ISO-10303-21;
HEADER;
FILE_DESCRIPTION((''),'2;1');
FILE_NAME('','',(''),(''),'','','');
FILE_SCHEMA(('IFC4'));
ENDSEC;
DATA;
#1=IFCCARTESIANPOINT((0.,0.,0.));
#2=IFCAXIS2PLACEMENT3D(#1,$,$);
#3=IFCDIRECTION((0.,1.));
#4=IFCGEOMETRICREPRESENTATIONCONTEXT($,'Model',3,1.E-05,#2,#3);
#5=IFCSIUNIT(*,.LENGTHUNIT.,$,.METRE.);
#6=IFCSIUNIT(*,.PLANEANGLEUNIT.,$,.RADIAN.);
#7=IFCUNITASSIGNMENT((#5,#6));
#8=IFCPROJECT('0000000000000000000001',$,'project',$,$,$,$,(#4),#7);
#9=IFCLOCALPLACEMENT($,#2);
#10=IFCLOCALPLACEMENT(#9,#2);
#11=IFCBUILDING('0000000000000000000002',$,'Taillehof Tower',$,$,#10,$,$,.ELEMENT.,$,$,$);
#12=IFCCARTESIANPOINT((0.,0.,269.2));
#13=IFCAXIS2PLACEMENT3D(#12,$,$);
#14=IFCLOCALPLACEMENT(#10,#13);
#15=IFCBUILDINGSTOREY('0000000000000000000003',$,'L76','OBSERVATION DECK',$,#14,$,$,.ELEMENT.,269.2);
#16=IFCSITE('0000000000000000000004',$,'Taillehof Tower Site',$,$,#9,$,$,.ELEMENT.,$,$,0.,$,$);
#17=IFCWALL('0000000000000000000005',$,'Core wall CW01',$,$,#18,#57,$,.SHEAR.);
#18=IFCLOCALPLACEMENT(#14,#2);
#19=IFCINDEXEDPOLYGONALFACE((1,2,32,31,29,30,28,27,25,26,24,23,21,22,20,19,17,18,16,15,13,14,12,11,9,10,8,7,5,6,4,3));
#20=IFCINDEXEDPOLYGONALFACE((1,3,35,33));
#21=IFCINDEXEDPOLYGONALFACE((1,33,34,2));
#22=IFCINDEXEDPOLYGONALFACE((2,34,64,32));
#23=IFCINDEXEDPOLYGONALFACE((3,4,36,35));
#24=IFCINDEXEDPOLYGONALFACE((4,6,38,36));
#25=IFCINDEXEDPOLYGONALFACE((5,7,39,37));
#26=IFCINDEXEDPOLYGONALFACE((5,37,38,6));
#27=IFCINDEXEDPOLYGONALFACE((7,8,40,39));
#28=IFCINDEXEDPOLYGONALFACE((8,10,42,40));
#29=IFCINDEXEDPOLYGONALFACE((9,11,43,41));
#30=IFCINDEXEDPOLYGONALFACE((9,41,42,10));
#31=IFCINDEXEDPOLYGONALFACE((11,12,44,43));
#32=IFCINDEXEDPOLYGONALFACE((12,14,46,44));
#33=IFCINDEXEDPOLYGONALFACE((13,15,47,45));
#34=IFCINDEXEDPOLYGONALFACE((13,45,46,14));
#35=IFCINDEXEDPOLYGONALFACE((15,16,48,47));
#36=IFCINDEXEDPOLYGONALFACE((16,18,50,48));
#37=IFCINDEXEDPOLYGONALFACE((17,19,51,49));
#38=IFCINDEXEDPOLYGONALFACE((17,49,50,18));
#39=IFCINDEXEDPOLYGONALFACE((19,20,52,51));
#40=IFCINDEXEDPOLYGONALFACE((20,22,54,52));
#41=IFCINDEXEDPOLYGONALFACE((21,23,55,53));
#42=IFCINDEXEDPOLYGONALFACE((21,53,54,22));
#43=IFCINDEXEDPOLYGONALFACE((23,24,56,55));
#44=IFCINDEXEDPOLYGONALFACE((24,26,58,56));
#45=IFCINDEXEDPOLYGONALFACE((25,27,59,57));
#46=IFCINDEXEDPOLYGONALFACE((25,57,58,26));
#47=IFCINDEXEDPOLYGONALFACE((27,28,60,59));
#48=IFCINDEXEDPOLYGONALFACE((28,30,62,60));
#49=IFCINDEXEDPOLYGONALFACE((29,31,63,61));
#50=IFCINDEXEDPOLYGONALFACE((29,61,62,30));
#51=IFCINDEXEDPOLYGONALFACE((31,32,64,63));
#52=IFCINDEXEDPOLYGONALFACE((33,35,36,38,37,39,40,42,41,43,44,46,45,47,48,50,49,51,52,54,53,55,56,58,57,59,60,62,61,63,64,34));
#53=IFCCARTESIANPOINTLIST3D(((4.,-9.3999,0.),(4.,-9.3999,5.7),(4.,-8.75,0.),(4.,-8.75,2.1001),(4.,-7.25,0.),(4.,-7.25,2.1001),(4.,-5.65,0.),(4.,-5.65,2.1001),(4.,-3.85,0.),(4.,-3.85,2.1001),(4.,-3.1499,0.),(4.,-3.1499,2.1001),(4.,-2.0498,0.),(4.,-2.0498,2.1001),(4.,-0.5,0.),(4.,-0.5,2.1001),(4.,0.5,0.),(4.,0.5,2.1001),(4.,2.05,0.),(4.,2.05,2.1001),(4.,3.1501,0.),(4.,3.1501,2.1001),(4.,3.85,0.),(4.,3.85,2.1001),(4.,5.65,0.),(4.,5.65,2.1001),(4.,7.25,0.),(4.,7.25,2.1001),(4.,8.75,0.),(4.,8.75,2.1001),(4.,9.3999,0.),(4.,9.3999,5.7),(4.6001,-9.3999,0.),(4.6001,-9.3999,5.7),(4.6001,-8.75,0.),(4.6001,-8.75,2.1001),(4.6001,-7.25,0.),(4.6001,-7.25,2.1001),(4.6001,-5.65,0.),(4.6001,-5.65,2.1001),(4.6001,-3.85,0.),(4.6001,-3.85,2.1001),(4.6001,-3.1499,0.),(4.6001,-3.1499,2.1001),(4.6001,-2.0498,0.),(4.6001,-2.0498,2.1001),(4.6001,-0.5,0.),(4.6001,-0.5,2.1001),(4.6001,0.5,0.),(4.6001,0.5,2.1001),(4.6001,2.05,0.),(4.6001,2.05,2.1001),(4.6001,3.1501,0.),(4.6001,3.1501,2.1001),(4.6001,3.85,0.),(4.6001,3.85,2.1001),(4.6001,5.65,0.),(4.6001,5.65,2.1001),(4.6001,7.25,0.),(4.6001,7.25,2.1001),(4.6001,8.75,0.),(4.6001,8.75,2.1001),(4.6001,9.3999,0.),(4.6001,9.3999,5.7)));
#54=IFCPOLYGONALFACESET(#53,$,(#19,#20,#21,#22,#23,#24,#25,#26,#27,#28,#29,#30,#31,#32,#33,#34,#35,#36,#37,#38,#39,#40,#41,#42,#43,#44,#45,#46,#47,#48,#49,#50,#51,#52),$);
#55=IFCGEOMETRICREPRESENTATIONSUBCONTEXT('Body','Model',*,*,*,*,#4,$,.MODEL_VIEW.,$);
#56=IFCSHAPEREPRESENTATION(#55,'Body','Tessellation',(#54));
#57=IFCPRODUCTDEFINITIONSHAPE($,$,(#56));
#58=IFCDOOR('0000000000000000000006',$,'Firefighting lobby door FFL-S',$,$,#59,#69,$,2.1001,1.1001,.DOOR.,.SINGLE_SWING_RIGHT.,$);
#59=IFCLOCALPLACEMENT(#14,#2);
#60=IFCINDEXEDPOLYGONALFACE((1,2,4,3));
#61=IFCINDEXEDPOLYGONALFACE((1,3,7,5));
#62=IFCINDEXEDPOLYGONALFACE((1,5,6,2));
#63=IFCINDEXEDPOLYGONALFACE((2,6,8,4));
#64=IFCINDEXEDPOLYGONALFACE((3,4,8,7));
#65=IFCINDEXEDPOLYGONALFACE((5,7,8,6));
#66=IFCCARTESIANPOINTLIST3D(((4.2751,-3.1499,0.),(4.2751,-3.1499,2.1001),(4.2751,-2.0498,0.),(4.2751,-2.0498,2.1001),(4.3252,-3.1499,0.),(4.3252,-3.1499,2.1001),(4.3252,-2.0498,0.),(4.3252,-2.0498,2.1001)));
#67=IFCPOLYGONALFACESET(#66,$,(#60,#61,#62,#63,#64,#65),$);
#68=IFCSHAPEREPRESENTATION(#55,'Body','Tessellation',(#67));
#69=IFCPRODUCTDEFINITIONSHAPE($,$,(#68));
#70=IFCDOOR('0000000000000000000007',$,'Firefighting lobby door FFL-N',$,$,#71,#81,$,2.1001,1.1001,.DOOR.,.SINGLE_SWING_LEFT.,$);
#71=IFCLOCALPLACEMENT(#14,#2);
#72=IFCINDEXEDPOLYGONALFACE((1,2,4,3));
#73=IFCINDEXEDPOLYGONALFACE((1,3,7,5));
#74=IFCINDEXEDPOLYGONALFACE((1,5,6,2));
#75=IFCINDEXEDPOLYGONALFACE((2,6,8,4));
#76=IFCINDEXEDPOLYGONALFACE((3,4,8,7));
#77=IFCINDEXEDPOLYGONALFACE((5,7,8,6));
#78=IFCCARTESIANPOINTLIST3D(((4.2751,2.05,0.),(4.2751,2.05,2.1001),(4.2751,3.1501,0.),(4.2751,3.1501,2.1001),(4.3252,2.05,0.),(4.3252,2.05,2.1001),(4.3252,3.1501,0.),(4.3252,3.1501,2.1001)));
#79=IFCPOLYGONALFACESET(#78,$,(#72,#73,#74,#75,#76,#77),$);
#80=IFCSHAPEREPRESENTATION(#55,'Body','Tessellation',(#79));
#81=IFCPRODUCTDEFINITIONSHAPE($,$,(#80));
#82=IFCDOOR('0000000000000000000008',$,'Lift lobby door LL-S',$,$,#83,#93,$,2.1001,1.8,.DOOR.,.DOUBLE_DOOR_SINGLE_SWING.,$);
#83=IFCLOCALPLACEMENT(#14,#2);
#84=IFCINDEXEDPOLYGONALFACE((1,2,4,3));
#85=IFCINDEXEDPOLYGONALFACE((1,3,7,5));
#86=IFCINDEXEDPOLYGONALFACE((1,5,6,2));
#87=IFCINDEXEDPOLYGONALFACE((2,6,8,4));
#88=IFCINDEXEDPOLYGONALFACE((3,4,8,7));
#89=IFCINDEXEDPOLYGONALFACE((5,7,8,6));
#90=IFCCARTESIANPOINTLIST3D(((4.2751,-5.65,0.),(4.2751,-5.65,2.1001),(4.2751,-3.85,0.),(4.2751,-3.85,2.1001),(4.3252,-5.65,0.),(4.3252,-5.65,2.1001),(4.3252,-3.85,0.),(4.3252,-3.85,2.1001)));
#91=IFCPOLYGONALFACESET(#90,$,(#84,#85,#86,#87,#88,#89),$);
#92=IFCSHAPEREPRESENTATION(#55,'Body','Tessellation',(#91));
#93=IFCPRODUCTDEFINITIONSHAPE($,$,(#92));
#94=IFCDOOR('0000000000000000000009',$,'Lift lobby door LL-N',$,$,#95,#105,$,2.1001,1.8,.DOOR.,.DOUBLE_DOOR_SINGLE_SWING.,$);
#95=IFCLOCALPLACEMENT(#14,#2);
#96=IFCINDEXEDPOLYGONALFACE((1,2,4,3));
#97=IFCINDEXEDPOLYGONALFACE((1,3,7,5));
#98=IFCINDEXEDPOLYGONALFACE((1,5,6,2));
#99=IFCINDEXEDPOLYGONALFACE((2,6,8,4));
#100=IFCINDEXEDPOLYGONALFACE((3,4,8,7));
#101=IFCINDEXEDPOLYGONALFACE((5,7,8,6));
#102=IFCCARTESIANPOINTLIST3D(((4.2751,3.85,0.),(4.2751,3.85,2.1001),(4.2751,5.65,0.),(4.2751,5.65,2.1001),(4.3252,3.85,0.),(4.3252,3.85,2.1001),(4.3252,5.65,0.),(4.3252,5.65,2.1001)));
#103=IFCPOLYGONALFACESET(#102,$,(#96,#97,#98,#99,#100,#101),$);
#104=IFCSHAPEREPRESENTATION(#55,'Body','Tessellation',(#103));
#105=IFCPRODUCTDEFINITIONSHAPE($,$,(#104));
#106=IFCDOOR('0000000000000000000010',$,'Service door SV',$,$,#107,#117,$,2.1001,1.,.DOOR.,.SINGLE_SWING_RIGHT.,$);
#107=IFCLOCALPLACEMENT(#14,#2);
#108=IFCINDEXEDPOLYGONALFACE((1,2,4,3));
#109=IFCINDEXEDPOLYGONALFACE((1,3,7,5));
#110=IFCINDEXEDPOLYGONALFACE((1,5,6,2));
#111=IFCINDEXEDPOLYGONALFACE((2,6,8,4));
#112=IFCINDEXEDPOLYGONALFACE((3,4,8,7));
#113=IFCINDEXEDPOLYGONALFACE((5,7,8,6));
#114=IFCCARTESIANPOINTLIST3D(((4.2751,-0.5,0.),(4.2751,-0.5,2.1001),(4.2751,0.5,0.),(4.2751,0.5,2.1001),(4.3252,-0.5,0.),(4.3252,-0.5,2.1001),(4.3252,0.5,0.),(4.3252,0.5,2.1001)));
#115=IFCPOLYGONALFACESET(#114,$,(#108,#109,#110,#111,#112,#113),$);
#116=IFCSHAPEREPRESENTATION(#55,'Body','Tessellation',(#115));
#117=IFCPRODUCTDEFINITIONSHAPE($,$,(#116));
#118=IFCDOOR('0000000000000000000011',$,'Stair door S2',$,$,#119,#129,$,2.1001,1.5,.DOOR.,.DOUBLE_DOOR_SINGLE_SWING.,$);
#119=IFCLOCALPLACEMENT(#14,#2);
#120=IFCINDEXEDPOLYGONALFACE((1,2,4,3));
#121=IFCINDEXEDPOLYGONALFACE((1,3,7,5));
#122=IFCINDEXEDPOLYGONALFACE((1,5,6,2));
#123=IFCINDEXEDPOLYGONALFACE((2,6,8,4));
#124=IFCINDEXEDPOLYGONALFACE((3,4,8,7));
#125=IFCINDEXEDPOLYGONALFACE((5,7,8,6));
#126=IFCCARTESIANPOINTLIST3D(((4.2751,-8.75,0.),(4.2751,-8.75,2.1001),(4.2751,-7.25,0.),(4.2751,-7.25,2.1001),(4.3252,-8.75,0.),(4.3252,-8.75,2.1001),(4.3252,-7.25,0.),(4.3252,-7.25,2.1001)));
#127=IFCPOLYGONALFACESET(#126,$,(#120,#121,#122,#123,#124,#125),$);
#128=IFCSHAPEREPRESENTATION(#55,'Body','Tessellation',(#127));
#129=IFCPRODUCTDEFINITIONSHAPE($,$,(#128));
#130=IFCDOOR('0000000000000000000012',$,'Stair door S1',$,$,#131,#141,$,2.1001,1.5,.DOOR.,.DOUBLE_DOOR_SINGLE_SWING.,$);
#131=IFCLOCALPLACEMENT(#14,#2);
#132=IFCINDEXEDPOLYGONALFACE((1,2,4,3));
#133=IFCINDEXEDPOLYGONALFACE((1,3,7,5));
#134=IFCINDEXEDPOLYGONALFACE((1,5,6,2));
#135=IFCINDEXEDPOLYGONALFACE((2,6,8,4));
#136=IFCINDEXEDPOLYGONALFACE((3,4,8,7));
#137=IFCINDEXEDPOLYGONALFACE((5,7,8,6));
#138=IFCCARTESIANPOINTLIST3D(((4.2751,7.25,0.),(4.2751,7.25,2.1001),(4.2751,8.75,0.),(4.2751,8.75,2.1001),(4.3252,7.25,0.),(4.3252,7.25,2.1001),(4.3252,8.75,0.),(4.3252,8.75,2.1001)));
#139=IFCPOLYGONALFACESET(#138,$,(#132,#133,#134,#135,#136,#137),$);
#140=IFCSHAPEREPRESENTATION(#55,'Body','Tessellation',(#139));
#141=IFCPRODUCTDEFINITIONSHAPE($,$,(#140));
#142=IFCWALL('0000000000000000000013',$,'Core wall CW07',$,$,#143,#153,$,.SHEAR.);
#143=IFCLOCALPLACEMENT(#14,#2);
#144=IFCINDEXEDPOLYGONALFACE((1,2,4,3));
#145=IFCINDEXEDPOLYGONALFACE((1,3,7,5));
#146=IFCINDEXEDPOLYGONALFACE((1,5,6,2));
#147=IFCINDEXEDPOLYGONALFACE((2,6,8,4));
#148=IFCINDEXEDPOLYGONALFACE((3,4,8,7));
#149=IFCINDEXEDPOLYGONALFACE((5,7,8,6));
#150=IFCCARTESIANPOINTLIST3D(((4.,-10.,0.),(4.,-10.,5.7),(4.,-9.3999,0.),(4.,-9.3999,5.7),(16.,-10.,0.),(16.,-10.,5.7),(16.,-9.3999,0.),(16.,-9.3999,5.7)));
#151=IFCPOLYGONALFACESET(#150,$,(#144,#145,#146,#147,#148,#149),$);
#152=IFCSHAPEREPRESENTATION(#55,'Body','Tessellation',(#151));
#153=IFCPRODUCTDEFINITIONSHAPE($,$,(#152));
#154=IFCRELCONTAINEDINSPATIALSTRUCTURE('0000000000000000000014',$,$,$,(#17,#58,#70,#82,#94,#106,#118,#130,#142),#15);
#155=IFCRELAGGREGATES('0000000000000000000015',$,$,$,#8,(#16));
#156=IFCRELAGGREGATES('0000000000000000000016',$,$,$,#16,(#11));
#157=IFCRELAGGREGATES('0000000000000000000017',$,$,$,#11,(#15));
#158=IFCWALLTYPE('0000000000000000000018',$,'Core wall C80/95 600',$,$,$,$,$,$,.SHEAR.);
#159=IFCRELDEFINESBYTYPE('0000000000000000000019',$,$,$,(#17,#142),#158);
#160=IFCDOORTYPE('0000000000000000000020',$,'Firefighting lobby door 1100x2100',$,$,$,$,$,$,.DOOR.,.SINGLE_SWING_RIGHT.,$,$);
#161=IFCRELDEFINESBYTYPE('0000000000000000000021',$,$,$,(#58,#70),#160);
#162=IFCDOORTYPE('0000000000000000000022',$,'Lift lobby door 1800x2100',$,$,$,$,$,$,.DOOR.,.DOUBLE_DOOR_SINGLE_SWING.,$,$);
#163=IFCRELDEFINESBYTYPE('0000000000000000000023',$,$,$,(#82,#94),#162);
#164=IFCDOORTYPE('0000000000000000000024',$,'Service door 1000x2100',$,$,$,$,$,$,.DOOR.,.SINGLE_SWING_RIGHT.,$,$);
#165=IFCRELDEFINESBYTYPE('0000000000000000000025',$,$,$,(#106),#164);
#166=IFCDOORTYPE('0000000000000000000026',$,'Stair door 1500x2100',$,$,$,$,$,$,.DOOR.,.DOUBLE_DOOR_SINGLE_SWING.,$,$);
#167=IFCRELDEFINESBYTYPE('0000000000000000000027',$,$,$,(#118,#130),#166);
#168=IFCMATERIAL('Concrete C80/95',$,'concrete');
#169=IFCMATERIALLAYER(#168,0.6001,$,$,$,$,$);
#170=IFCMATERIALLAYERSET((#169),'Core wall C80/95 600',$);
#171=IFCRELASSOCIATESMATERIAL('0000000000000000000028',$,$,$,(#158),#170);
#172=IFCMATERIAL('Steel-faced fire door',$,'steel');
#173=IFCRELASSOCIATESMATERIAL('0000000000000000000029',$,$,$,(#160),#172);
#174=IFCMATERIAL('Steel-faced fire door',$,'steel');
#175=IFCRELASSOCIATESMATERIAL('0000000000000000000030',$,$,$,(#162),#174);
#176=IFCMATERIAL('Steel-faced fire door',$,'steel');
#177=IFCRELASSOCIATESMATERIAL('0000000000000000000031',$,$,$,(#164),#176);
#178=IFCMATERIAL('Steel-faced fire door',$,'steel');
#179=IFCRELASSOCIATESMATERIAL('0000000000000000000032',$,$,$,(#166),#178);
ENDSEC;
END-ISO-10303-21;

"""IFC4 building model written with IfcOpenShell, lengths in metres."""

from ifc_helpers import new_model, si_unit, direction, frame, frame_2d, origin, place, context, subcontext, project, spatial, rectangle, extrude, material, layer, layer_set, type_object, element, fill, save


model = new_model("IFC4")

# Units and contexts
model_context = context("Model", 3, precision=1e-05, world=origin(), true_north=direction((0.0, 1.0)))
body_context = subcontext(model_context, "Body", "Model", "MODEL_VIEW")
ifc_project = project(units=[si_unit("LENGTHUNIT", "METRE"), si_unit("PLANEANGLEUNIT", "RADIAN")], contexts=[model_context])

# Site, building, storey
site_placement = place(None, origin())
site = spatial("IfcSite", under=ifc_project, at=site_placement, Name="Taillehof Tower Site", CompositionType="ELEMENT", RefElevation=0.0)
building_placement = place(site_placement, origin())
building = spatial("IfcBuilding", under=site, at=building_placement, Name="Taillehof Tower", CompositionType="ELEMENT")
storey_placement = place(building_placement, frame((0.0, 0.0, 269.2)))
storey = spatial("IfcBuildingStorey", under=building, at=storey_placement, Name="L76", Description="OBSERVATION DECK", CompositionType="ELEMENT", Elevation=269.2)

# Wall, openings, doors
ifc_material_1 = material(Name="Concrete C80/95", Category="concrete")
ifc_layer_1 = layer(ifc_material_1, 0.6001)
ifc_layer_set_1 = layer_set([ifc_layer_1], Name="Core wall C80/95 600")
wall_type_1 = type_object("IfcWallType", Name="Core wall C80/95 600", PredefinedType="SHEAR", material=ifc_layer_set_1)
wall_1_placement = place(storey_placement, frame((4.3, -9.3999, 0.0), z_axis=(0.0, 0.0, 1.0), x_axis=(0.0, 1.0, 0.0)))
wall_1 = element("IfcWall", 1, at=wall_1_placement, inside=storey, type_object=wall_type_1, Name="Core wall CW01", PredefinedType="SHEAR", context=body_context, shape_type="SweptSolid", body=[
    extrude(rectangle(XDim=18.7998, YDim=0.6001, at=frame_2d((9.3999, 0.0))), origin(), (0.0, 0.0, 1.0), 5.7),
])
opening_1_placement = place(wall_1_placement, frame((0.6499, 0.0, 0.0)))
opening_1 = element("IfcOpeningElement", 2, at=opening_1_placement, cuts=wall_1, PredefinedType="OPENING", context=body_context, shape_type="SweptSolid", body=[
    extrude(rectangle(XDim=1.5, YDim=2.1001, at=frame_2d((0.75, 1.05))), frame((0.0, 0.3101, 0.0), z_axis=(0.0, -1.0, 0.0), x_axis=(1.0, 0.0, 0.0)), (0.0, 0.0, 1.0), 0.6201),
])
opening_2_placement = place(wall_1_placement, frame((3.75, 0.0, 0.0)))
opening_2 = element("IfcOpeningElement", 3, at=opening_2_placement, cuts=wall_1, PredefinedType="OPENING", context=body_context, shape_type="SweptSolid", body=[
    extrude(rectangle(XDim=1.8, YDim=2.1001, at=frame_2d((0.8999, 1.05))), frame((0.0, 0.3101, 0.0), z_axis=(0.0, -1.0, 0.0), x_axis=(1.0, 0.0, 0.0)), (0.0, 0.0, 1.0), 0.6201),
])
opening_3_placement = place(wall_1_placement, frame((6.25, 0.0, 0.0)))
opening_3 = element("IfcOpeningElement", 4, at=opening_3_placement, cuts=wall_1, PredefinedType="OPENING", context=body_context, shape_type="SweptSolid", body=[
    extrude(rectangle(XDim=1.1001, YDim=2.1001, at=frame_2d((0.55, 1.05))), frame((0.0, 0.3101, 0.0), z_axis=(0.0, -1.0, 0.0), x_axis=(1.0, 0.0, 0.0)), (0.0, 0.0, 1.0), 0.6201),
])
opening_4_placement = place(wall_1_placement, frame((8.8999, 0.0, 0.0)))
opening_4 = element("IfcOpeningElement", 5, at=opening_4_placement, cuts=wall_1, PredefinedType="OPENING", context=body_context, shape_type="SweptSolid", body=[
    extrude(rectangle(XDim=1.0, YDim=2.1001, at=frame_2d((0.5, 1.05))), frame((0.0, 0.3101, 0.0), z_axis=(0.0, -1.0, 0.0), x_axis=(1.0, 0.0, 0.0)), (0.0, 0.0, 1.0), 0.6201),
])
opening_5_placement = place(wall_1_placement, frame((11.45, 0.0, 0.0)))
opening_5 = element("IfcOpeningElement", 6, at=opening_5_placement, cuts=wall_1, PredefinedType="OPENING", context=body_context, shape_type="SweptSolid", body=[
    extrude(rectangle(XDim=1.1001, YDim=2.1001, at=frame_2d((0.55, 1.05))), frame((0.0, 0.3101, 0.0), z_axis=(0.0, -1.0, 0.0), x_axis=(1.0, 0.0, 0.0)), (0.0, 0.0, 1.0), 0.6201),
])
opening_6_placement = place(wall_1_placement, frame((13.25, 0.0, 0.0)))
opening_6 = element("IfcOpeningElement", 7, at=opening_6_placement, cuts=wall_1, PredefinedType="OPENING", context=body_context, shape_type="SweptSolid", body=[
    extrude(rectangle(XDim=1.8, YDim=2.1001, at=frame_2d((0.8999, 1.05))), frame((0.0, 0.3101, 0.0), z_axis=(0.0, -1.0, 0.0), x_axis=(1.0, 0.0, 0.0)), (0.0, 0.0, 1.0), 0.6201),
])
opening_7_placement = place(wall_1_placement, frame((16.6499, 0.0, 0.0)))
opening_7 = element("IfcOpeningElement", 8, at=opening_7_placement, cuts=wall_1, PredefinedType="OPENING", context=body_context, shape_type="SweptSolid", body=[
    extrude(rectangle(XDim=1.5, YDim=2.1001, at=frame_2d((0.75, 1.05))), frame((0.0, 0.3101, 0.0), z_axis=(0.0, -1.0, 0.0), x_axis=(1.0, 0.0, 0.0)), (0.0, 0.0, 1.0), 0.6201),
])
ifc_material_2 = material(Name="Steel-faced fire door", Category="steel")
door_type_1 = type_object("IfcDoorType", Name="Firefighting lobby door 1100x2100", OperationType="SINGLE_SWING_RIGHT", PredefinedType="DOOR", material=ifc_material_2)
door_1_placement = place(opening_3_placement, origin())
door_1 = element("IfcDoor", 9, at=door_1_placement, inside=storey, type_object=door_type_1, Name="Firefighting lobby door FFL-S", OperationType="SINGLE_SWING_RIGHT", OverallHeight=2.1001, OverallWidth=1.1001, PredefinedType="DOOR", context=body_context, shape_type="SweptSolid", body=[
    extrude(rectangle(XDim=1.1001, YDim=2.1001, at=frame_2d((0.55, 1.05))), frame((0.0, 0.0249, 0.0), z_axis=(0.0, -1.0, 0.0), x_axis=(1.0, 0.0, 0.0)), (0.0, 0.0, 1.0), 0.05),
])
fill(opening_3, door_1)
door_2_placement = place(opening_5_placement, origin())
door_2 = element("IfcDoor", 10, at=door_2_placement, inside=storey, type_object=door_type_1, Name="Firefighting lobby door FFL-N", OperationType="SINGLE_SWING_LEFT", OverallHeight=2.1001, OverallWidth=1.1001, PredefinedType="DOOR", context=body_context, shape_type="SweptSolid", body=[
    extrude(rectangle(XDim=1.1001, YDim=2.1001, at=frame_2d((0.55, 1.05))), frame((0.0, 0.0249, 0.0), z_axis=(0.0, -1.0, 0.0), x_axis=(1.0, 0.0, 0.0)), (0.0, 0.0, 1.0), 0.05),
])
fill(opening_5, door_2)
ifc_material_3 = material(Name="Steel-faced fire door", Category="steel")
door_type_2 = type_object("IfcDoorType", Name="Lift lobby door 1800x2100", OperationType="DOUBLE_DOOR_SINGLE_SWING", PredefinedType="DOOR", material=ifc_material_3)
door_3_placement = place(opening_2_placement, origin())
door_3 = element("IfcDoor", 11, at=door_3_placement, inside=storey, type_object=door_type_2, Name="Lift lobby door LL-S", OperationType="DOUBLE_DOOR_SINGLE_SWING", OverallHeight=2.1001, OverallWidth=1.8, PredefinedType="DOOR", context=body_context, shape_type="SweptSolid", body=[
    extrude(rectangle(XDim=1.8, YDim=2.1001, at=frame_2d((0.8999, 1.05))), frame((0.0, 0.0249, 0.0), z_axis=(0.0, -1.0, 0.0), x_axis=(1.0, 0.0, 0.0)), (0.0, 0.0, 1.0), 0.05),
])
fill(opening_2, door_3)
door_4_placement = place(opening_6_placement, origin())
door_4 = element("IfcDoor", 12, at=door_4_placement, inside=storey, type_object=door_type_2, Name="Lift lobby door LL-N", OperationType="DOUBLE_DOOR_SINGLE_SWING", OverallHeight=2.1001, OverallWidth=1.8, PredefinedType="DOOR", context=body_context, shape_type="SweptSolid", body=[
    extrude(rectangle(XDim=1.8, YDim=2.1001, at=frame_2d((0.8999, 1.05))), frame((0.0, 0.0249, 0.0), z_axis=(0.0, -1.0, 0.0), x_axis=(1.0, 0.0, 0.0)), (0.0, 0.0, 1.0), 0.05),
])
fill(opening_6, door_4)
ifc_material_4 = material(Name="Steel-faced fire door", Category="steel")
door_type_3 = type_object("IfcDoorType", Name="Service door 1000x2100", OperationType="SINGLE_SWING_RIGHT", PredefinedType="DOOR", material=ifc_material_4)
door_5_placement = place(opening_4_placement, origin())
door_5 = element("IfcDoor", 13, at=door_5_placement, inside=storey, type_object=door_type_3, Name="Service door SV", OperationType="SINGLE_SWING_RIGHT", OverallHeight=2.1001, OverallWidth=1.0, PredefinedType="DOOR", context=body_context, shape_type="SweptSolid", body=[
    extrude(rectangle(XDim=1.0, YDim=2.1001, at=frame_2d((0.5, 1.05))), frame((0.0, 0.0249, 0.0), z_axis=(0.0, -1.0, 0.0), x_axis=(1.0, 0.0, 0.0)), (0.0, 0.0, 1.0), 0.05),
])
fill(opening_4, door_5)
ifc_material_5 = material(Name="Steel-faced fire door", Category="steel")
door_type_4 = type_object("IfcDoorType", Name="Stair door 1500x2100", OperationType="DOUBLE_DOOR_SINGLE_SWING", PredefinedType="DOOR", material=ifc_material_5)
door_6_placement = place(opening_1_placement, origin())
door_6 = element("IfcDoor", 14, at=door_6_placement, inside=storey, type_object=door_type_4, Name="Stair door S2", OperationType="DOUBLE_DOOR_SINGLE_SWING", OverallHeight=2.1001, OverallWidth=1.5, PredefinedType="DOOR", context=body_context, shape_type="SweptSolid", body=[
    extrude(rectangle(XDim=1.5, YDim=2.1001, at=frame_2d((0.75, 1.05))), frame((0.0, 0.0249, 0.0), z_axis=(0.0, -1.0, 0.0), x_axis=(1.0, 0.0, 0.0)), (0.0, 0.0, 1.0), 0.05),
])
fill(opening_1, door_6)
door_7_placement = place(opening_7_placement, origin())
door_7 = element("IfcDoor", 15, at=door_7_placement, inside=storey, type_object=door_type_4, Name="Stair door S1", OperationType="DOUBLE_DOOR_SINGLE_SWING", OverallHeight=2.1001, OverallWidth=1.5, PredefinedType="DOOR", context=body_context, shape_type="SweptSolid", body=[
    extrude(rectangle(XDim=1.5, YDim=2.1001, at=frame_2d((0.75, 1.05))), frame((0.0, 0.0249, 0.0), z_axis=(0.0, -1.0, 0.0), x_axis=(1.0, 0.0, 0.0)), (0.0, 0.0, 1.0), 0.05),
])
fill(opening_7, door_7)

# Wall
wall_2_placement = place(storey_placement, frame((4.0, -9.7, 0.0), z_axis=(0.0, 0.0, 1.0), x_axis=(1.0, 0.0, 0.0)))
element("IfcWall", 16, at=wall_2_placement, inside=storey, type_object=wall_type_1, Name="Core wall CW07", PredefinedType="SHEAR", context=body_context, shape_type="SweptSolid", body=[
    extrude(rectangle(XDim=12.0, YDim=0.6001, at=frame_2d((6.0, 0.0))), origin(), (0.0, 0.0, 1.0), 5.7),
])

save(model, "model.ifc")
